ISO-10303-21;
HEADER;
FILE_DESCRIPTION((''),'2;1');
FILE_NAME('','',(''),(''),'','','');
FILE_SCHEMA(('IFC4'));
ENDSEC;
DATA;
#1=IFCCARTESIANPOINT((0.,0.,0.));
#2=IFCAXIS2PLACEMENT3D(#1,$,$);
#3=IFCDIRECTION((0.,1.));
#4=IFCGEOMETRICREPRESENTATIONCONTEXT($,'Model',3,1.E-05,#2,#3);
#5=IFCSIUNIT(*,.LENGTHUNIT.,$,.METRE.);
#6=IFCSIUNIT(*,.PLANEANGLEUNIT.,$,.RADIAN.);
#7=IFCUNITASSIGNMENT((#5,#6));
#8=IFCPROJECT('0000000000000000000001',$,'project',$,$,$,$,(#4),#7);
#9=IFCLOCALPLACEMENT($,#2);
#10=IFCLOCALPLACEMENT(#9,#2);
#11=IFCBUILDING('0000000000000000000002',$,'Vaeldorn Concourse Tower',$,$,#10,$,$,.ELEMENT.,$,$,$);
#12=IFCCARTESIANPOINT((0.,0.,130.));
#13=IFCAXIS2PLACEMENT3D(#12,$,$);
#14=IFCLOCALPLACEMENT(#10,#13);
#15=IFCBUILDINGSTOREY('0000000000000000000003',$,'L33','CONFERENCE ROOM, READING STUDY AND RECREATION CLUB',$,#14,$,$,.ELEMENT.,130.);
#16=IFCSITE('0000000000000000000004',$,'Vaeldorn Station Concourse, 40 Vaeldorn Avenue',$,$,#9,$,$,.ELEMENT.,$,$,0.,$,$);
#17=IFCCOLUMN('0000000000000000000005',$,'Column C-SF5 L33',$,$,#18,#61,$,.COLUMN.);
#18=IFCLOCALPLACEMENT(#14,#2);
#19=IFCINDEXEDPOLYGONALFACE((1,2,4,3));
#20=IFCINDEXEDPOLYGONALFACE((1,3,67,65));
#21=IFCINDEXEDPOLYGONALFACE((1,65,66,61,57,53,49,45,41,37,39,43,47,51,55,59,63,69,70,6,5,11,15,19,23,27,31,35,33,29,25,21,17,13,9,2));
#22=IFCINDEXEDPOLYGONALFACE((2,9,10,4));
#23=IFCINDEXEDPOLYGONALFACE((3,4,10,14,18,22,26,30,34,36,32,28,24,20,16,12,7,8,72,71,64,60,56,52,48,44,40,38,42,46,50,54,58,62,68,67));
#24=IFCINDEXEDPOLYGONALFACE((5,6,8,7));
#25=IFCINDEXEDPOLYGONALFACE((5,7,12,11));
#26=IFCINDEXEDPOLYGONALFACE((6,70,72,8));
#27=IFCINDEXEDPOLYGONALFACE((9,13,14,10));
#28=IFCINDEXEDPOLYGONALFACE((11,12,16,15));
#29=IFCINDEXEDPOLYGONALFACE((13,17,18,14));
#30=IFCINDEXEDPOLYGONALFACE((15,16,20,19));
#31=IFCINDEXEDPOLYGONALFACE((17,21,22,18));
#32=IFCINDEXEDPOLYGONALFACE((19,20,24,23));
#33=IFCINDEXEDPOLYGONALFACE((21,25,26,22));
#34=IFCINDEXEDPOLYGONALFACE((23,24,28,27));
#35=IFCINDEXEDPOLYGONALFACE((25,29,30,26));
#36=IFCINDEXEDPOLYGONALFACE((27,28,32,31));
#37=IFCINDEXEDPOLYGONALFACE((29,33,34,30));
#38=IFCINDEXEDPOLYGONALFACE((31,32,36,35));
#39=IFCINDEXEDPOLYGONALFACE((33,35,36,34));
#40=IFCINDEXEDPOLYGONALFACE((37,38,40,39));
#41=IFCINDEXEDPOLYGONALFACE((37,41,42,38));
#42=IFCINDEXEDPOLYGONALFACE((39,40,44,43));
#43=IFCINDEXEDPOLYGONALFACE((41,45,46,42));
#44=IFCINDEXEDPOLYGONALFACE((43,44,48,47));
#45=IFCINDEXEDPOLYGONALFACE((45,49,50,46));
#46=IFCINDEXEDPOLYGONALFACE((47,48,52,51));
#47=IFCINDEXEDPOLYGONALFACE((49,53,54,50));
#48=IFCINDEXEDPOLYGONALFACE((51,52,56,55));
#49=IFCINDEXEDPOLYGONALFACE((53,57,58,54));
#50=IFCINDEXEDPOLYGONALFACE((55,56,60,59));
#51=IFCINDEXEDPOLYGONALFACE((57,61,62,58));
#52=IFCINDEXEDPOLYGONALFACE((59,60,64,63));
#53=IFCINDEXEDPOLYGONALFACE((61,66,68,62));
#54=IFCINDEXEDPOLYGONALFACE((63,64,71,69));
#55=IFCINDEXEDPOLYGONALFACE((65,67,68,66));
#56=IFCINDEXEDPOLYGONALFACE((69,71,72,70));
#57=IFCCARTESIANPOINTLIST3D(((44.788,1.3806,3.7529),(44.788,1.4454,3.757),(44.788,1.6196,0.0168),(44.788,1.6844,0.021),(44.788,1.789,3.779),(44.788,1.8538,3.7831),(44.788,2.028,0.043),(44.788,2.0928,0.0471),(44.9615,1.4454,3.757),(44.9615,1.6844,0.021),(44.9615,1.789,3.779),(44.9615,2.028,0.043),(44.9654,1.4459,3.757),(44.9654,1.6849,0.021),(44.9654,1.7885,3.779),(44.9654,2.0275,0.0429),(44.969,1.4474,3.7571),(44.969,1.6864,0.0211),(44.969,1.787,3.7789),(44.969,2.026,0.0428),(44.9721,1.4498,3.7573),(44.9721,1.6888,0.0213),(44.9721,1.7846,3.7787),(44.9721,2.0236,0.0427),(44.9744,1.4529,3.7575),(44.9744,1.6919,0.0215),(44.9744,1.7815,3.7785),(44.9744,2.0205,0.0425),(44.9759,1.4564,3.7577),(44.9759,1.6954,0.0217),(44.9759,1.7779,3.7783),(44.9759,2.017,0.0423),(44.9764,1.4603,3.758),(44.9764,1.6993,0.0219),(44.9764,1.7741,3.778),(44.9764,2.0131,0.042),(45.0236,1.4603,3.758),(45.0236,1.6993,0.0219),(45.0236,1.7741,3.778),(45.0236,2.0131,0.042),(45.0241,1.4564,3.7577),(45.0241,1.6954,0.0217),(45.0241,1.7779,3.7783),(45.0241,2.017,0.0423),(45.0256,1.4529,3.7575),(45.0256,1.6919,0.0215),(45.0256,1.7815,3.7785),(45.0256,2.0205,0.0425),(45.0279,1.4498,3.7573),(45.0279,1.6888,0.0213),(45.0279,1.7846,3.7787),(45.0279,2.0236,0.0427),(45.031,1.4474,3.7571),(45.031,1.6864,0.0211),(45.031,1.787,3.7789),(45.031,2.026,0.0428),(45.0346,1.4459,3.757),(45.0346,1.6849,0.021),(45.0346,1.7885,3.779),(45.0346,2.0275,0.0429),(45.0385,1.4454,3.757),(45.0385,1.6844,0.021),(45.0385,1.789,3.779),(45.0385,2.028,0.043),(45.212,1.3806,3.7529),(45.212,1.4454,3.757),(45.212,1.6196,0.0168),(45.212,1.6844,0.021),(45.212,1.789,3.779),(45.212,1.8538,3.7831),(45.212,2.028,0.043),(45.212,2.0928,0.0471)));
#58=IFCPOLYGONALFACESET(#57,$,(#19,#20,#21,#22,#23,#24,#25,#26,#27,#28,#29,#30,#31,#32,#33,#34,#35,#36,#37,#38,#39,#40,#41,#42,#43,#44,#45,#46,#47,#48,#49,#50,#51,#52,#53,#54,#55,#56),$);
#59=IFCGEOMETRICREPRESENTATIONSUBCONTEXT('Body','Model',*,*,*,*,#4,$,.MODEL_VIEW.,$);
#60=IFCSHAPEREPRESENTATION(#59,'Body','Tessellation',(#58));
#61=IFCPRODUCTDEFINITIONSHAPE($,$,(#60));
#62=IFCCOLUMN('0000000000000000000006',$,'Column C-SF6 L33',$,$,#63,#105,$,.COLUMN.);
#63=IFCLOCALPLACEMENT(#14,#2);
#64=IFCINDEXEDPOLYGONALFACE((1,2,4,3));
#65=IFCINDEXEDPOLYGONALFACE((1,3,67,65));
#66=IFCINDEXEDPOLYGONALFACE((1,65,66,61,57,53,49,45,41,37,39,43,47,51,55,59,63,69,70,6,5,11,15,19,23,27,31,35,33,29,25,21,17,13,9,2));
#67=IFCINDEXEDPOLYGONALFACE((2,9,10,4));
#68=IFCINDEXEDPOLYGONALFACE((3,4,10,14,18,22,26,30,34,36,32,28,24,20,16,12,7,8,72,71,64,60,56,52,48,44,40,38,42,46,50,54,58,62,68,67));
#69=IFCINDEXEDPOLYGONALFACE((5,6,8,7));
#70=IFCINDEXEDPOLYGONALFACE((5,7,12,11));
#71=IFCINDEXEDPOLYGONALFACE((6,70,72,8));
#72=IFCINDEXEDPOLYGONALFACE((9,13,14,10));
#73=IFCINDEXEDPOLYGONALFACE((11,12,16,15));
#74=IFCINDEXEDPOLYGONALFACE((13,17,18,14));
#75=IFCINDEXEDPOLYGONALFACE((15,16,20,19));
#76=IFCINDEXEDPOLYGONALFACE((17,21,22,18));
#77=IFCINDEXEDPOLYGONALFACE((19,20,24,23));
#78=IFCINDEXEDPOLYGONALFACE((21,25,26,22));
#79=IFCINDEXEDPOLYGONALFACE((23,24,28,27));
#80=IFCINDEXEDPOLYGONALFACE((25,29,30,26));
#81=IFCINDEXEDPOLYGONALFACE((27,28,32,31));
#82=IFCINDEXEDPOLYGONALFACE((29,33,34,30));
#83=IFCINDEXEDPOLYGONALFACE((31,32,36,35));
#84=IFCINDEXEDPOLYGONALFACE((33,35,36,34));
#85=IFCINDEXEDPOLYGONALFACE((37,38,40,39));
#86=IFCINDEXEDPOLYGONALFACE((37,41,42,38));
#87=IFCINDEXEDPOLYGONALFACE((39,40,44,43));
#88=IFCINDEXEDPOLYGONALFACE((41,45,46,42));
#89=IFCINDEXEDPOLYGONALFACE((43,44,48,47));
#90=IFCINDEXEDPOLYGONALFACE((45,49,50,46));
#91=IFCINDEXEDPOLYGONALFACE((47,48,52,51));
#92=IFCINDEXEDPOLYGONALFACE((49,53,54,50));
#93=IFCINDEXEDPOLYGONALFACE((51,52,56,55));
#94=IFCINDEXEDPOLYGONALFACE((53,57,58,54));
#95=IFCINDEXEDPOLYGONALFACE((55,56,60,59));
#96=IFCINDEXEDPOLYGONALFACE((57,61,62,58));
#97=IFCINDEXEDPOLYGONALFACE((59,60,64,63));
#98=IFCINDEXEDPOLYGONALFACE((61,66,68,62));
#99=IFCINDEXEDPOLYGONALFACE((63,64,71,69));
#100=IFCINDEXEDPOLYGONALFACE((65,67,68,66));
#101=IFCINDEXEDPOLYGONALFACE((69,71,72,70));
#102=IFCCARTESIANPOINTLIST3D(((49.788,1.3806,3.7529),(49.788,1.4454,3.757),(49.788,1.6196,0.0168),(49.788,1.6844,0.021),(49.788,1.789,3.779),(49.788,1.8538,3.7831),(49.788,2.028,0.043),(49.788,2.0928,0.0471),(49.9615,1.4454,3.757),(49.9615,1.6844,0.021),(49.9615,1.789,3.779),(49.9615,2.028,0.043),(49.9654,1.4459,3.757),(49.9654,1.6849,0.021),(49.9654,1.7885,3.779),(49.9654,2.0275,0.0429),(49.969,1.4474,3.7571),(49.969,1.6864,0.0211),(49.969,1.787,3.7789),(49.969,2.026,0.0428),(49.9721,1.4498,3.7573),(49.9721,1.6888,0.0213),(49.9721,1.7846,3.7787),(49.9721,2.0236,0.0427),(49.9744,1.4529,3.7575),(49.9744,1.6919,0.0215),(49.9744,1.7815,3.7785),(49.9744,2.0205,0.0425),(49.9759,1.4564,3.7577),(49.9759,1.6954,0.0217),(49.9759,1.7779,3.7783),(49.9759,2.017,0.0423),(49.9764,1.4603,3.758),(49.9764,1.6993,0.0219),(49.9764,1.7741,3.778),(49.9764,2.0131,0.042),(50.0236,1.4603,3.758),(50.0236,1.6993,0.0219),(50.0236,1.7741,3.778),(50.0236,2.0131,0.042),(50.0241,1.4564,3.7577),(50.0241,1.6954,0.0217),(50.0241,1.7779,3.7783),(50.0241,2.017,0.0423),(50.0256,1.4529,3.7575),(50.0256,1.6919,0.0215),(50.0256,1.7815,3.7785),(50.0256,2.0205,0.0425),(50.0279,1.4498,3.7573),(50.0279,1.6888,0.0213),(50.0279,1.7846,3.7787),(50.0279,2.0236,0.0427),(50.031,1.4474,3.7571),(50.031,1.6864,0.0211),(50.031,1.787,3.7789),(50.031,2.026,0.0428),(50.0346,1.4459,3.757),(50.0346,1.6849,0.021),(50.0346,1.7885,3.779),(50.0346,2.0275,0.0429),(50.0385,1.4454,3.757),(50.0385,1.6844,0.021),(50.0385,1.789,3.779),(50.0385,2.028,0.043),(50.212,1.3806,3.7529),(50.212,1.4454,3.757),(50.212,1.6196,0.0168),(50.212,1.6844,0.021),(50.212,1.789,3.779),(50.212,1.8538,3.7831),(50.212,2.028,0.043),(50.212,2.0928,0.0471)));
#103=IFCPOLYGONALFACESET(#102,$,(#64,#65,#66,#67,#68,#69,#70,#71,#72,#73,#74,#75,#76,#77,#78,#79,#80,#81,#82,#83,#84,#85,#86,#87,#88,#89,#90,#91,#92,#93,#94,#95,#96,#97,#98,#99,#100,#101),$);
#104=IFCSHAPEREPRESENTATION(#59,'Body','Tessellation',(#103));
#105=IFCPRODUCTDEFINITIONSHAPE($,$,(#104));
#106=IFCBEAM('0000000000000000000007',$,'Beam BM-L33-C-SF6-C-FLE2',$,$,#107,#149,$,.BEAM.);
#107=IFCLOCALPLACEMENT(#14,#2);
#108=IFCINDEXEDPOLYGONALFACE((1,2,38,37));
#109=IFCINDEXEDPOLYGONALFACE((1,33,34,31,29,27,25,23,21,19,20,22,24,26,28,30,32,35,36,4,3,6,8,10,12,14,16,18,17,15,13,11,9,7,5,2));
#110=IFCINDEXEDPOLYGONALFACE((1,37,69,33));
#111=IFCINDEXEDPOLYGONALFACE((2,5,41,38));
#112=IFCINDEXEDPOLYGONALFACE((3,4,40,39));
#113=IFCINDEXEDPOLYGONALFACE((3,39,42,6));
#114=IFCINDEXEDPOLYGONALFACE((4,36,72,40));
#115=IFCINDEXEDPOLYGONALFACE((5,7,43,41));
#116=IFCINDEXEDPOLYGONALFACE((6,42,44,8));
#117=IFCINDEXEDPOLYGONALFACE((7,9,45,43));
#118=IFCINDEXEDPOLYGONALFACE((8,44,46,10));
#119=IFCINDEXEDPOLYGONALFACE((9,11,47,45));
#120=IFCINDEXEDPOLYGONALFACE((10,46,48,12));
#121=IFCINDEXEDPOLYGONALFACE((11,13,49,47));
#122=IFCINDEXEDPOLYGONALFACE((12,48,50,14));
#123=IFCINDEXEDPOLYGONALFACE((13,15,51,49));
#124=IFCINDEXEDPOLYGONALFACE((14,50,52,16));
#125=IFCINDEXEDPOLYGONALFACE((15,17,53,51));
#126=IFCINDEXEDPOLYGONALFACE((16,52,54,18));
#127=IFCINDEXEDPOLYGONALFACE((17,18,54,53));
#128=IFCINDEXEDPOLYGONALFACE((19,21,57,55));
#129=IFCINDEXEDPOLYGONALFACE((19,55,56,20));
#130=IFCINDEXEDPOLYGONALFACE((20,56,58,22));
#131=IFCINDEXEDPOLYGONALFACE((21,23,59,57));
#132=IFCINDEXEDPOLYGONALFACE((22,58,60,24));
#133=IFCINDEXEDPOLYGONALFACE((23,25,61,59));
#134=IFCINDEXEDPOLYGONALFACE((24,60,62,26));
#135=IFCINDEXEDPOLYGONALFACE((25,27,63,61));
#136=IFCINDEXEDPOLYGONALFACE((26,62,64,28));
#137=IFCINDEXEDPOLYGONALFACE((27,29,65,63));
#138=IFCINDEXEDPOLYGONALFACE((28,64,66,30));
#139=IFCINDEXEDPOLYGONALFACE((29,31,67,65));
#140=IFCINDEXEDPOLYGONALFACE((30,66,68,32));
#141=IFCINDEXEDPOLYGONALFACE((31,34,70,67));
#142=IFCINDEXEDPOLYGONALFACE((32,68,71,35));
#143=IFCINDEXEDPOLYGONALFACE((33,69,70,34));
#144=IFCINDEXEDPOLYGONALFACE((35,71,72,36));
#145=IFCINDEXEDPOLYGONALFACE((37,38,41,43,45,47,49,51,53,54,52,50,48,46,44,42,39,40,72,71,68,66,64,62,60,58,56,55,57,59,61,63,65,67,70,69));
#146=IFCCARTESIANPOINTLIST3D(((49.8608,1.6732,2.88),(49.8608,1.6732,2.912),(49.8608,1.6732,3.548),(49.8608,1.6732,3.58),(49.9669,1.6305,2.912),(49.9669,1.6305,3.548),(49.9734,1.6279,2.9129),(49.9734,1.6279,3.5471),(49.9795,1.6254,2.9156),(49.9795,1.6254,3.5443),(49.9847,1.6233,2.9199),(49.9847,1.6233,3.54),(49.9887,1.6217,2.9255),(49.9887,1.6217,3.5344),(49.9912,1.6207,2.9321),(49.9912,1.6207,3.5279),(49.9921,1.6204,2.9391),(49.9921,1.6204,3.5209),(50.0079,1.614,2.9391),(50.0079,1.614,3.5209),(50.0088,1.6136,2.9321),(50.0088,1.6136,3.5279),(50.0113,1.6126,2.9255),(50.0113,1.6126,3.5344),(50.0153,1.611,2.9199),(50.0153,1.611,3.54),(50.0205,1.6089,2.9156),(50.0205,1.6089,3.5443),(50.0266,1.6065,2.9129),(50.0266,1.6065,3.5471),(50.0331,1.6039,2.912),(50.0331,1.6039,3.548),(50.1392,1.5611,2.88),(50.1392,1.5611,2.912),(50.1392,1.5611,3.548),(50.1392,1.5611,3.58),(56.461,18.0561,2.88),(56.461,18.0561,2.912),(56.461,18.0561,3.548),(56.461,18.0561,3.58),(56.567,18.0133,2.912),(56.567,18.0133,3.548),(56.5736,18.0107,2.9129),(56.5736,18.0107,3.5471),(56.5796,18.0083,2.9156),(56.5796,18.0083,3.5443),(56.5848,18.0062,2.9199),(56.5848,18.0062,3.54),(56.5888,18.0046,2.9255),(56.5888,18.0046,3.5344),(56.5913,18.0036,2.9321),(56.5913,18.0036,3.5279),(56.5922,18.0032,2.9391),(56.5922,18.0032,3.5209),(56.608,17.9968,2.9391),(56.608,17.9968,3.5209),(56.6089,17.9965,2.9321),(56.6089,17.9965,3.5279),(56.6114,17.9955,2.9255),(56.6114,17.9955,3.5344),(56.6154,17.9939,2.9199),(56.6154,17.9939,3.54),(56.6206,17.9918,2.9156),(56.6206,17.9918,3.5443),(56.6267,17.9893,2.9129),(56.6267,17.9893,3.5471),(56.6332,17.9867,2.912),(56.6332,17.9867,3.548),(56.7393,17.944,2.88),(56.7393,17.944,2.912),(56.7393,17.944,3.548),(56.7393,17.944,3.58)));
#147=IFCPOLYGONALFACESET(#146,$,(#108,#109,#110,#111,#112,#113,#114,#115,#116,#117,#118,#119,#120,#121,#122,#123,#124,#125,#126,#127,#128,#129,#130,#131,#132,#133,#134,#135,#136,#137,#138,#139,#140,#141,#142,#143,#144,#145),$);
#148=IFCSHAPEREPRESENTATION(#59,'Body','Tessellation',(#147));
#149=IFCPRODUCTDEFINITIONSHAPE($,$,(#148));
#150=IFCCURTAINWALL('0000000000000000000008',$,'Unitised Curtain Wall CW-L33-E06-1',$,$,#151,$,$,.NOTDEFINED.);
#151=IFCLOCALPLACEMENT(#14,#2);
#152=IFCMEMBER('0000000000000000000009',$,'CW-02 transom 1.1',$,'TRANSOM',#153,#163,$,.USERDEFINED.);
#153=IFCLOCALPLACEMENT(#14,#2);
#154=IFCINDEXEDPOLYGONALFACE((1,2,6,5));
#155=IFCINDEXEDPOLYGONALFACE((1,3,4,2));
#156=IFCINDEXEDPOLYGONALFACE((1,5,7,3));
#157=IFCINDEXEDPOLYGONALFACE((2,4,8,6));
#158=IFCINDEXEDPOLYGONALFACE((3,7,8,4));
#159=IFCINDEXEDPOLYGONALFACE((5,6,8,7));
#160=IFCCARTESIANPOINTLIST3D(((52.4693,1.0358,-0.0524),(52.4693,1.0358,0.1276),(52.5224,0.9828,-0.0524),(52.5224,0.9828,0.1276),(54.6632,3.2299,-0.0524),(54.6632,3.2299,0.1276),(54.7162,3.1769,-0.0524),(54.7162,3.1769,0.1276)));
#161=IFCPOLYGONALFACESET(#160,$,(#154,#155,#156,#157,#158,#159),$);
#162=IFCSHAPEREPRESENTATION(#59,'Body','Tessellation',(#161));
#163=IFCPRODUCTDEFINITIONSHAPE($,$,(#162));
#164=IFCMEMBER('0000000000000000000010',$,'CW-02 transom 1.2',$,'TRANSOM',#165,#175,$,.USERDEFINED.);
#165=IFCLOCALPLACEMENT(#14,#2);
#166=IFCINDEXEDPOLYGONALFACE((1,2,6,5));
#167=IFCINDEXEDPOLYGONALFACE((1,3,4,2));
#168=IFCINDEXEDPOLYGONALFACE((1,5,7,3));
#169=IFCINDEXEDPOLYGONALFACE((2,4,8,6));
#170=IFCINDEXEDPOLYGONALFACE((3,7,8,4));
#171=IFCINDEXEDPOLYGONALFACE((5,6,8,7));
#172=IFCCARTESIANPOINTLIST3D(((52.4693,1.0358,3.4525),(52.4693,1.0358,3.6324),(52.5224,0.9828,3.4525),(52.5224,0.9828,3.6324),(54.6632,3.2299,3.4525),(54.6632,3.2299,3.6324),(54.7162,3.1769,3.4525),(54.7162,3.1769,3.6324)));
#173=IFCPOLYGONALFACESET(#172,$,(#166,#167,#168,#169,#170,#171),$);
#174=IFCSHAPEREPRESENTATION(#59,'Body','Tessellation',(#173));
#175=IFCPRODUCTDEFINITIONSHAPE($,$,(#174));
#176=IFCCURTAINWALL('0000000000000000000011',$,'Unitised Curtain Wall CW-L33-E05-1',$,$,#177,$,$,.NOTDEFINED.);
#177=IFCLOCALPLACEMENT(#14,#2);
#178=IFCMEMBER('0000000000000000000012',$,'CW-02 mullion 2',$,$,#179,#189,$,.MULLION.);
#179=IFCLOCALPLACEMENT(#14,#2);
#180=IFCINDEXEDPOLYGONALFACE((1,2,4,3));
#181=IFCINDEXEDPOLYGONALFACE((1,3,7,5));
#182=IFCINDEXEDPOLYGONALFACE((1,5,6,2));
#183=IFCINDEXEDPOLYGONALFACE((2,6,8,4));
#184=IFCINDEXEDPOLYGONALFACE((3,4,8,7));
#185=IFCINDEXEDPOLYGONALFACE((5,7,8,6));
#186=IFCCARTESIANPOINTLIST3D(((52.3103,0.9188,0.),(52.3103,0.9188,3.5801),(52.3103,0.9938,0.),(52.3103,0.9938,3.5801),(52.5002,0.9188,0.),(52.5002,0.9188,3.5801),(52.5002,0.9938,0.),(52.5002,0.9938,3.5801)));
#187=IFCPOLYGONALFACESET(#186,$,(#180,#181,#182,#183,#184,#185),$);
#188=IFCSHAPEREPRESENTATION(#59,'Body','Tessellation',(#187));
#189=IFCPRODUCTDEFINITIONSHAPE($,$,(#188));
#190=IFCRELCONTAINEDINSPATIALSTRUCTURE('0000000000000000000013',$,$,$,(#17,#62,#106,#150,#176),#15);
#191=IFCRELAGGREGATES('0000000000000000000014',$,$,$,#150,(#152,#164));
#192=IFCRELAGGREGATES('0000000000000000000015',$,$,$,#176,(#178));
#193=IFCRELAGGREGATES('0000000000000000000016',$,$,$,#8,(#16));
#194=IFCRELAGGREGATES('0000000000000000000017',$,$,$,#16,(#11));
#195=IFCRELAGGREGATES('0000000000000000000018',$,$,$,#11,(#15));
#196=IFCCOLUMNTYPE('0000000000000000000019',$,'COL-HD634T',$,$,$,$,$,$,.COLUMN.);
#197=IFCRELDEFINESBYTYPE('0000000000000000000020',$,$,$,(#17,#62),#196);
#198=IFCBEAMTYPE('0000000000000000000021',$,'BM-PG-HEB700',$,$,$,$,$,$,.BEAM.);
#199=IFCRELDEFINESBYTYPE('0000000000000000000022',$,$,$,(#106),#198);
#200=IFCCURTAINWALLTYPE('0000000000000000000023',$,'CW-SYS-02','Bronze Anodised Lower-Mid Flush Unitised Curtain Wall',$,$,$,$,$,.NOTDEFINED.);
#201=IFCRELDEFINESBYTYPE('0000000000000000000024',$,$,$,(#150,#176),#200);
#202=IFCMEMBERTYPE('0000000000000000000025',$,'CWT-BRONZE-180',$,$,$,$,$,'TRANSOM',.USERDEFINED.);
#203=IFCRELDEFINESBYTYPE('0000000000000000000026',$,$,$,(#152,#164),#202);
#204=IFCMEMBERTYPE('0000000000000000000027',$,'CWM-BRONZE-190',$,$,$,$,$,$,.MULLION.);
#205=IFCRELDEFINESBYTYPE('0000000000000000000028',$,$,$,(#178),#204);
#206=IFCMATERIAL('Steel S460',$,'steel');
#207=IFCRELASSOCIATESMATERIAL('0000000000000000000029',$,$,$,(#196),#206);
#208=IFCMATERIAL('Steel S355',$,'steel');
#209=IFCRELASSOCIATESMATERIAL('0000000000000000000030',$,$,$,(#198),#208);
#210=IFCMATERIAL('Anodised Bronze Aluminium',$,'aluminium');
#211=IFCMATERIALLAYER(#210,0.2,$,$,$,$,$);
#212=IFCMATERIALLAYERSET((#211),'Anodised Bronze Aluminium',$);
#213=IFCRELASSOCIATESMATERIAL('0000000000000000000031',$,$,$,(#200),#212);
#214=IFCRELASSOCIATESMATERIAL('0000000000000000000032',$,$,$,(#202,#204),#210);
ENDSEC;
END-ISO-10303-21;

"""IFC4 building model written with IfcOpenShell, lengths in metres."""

from ifc_helpers import new_model, si_unit, direction, frame, origin, origin_2d, place, context, subcontext, project, spatial, rectangle, i_section, extrude, source, transform, mapped, material, layer, layer_set, material_profile, profile_set, type_object, element, aggregate, save


model = new_model("IFC4")

# Units and contexts
model_context = context("Model", 3, precision=1e-05, world=origin(), true_north=direction((0.0, 1.0)))
body_context = subcontext(model_context, "Body", "Model", "MODEL_VIEW")
ifc_project = project(units=[si_unit("LENGTHUNIT", "METRE"), si_unit("PLANEANGLEUNIT", "RADIAN")], contexts=[model_context])

# Site, building, storey
site_placement = place(None, origin())
site = spatial("IfcSite", under=ifc_project, at=site_placement, Name="Vaeldorn Station Concourse, 40 Vaeldorn Avenue", CompositionType="ELEMENT", RefElevation=0.0)
building_placement = place(site_placement, origin())
building = spatial("IfcBuilding", under=site, at=building_placement, Name="Vaeldorn Concourse Tower", CompositionType="ELEMENT")
storey_placement = place(building_placement, frame((0.0, 0.0, 130.0)))
storey = spatial("IfcBuildingStorey", under=building, at=storey_placement, Name="L33", Description="CONFERENCE ROOM, READING STUDY AND RECREATION CLUB", CompositionType="ELEMENT", Elevation=130.0)

# Columns
ifc_material_1 = material(Name="Steel S460", Category="steel")
ifc_material_profile_1 = material_profile(ifc_material_1, i_section(OverallWidth=0.4241, OverallDepth=0.4741, WebThickness=0.0471, FlangeThickness=0.0649, FilletRadius=0.0149, at=origin_2d()), Name="HD 400x634")
ifc_profile_set_1 = profile_set([ifc_material_profile_1], Name="Steel S460")
column_type = type_object("IfcColumnType", Name="COL-HD634T", PredefinedType="COLUMN", material=ifc_profile_set_1)
shared_shape_1 = source(origin(), body_context, "Body", "SweptSolid", [
    extrude(i_section(OverallWidth=0.4241, OverallDepth=0.4741, WebThickness=0.0471, FlangeThickness=0.0649, FilletRadius=0.0149, at=origin_2d()), origin(), (0.0, 0.0, 1.0), 3.7437),
])
for number, where, z_axis, x_axis, name in (
    (1, (45.0, 1.8562, 0.032), (0.0, -0.063844, 0.99796), (1.0, 0.0, 0.0), "Column C-SF5 L33"),
    (2, (50.0, 1.8562, 0.032), (0.0, -0.063844, 0.99796), (1.0, 0.0, 0.0), "Column C-SF6 L33"),
):
    element("IfcColumn", number, at=place(storey_placement, frame(where, z_axis=z_axis, x_axis=x_axis)), inside=storey, type_object=column_type, Name=name, PredefinedType="COLUMN", context=body_context, shape_type="MappedRepresentation", body=[
        mapped(shared_shape_1, transform((0.0, 0.0, 0.0), scale=1.0)),
    ])

# Beam
ifc_material_2 = material(Name="Steel S355", Category="steel")
ifc_material_profile_2 = material_profile(ifc_material_2, i_section(OverallWidth=0.3, OverallDepth=0.7, WebThickness=0.0171, FlangeThickness=0.032, FilletRadius=0.0271, at=origin_2d()), Name="HEB 700")
ifc_profile_set_2 = profile_set([ifc_material_profile_2], Name="Steel S355")
beam_type = type_object("IfcBeamType", Name="BM-PG-HEB700", PredefinedType="BEAM", material=ifc_profile_set_2)
shared_shape_2 = source(origin(), body_context, "Body", "SweptSolid", [
    extrude(i_section(OverallWidth=0.3, OverallDepth=0.7, WebThickness=0.0171, FlangeThickness=0.032, FilletRadius=0.0271, at=origin_2d()), origin(), (0.0, 0.0, 1.0), 17.6624),
])
beam_placement = place(storey_placement, frame((50.0, 1.6172, 3.23), z_axis=(0.373682, 0.927557, 0.0), x_axis=(-0.927557, 0.373682, 0.0)))
element("IfcBeam", 3, at=beam_placement, inside=storey, type_object=beam_type, Name="Beam BM-L33-C-SF6-C-FLE2", PredefinedType="BEAM", context=body_context, shape_type="MappedRepresentation", body=[
    mapped(shared_shape_2, transform((0.0, 0.0, 0.0), scale=1.0)),
])

# Curtain wall, members
ifc_material_3 = material(Name="Anodised Bronze Aluminium", Category="aluminium")
ifc_layer_1 = layer(ifc_material_3, 0.2)
ifc_layer_set_1 = layer_set([ifc_layer_1], Name="Anodised Bronze Aluminium")
curtain_wall_type = type_object("IfcCurtainWallType", Name="CW-SYS-02", Description="Bronze Anodised Lower-Mid Flush Unitised Curtain Wall", PredefinedType="NOTDEFINED", material=ifc_layer_set_1)
curtain_wall_1_placement = place(storey_placement, origin())
curtain_wall_1 = element("IfcCurtainWall", 4, at=curtain_wall_1_placement, inside=storey, type_object=curtain_wall_type, Name="Unitised Curtain Wall CW-L33-E06-1", PredefinedType="NOTDEFINED")
ifc_material_profile_3 = material_profile(ifc_material_3, rectangle(XDim=0.075, YDim=0.1799, at=origin_2d()), Name="CWT 75x180")
ifc_profile_set_3 = profile_set([ifc_material_profile_3], Name="Anodised Bronze Aluminium")
member_type_1 = type_object("IfcMemberType", Name="CWT-BRONZE-180", ElementType="TRANSOM", PredefinedType="USERDEFINED", material=ifc_profile_set_3)
shared_shape_3 = source(origin(), body_context, "Body", "SweptSolid", [
    extrude(rectangle(XDim=0.075, YDim=0.1799, at=origin_2d()), origin(), (0.0, 0.0, 1.0), 3.1028),
])
member_1_placement = place(storey_placement, frame((52.4958, 1.0093, 0.0376), z_axis=(0.707067, 0.707146, 0.0), x_axis=(-0.707146, 0.707067, 0.0)))
member_1 = element("IfcMember", 5, at=member_1_placement, type_object=member_type_1, Name="CW-02 transom 1.1", ObjectType="TRANSOM", PredefinedType="USERDEFINED", context=body_context, shape_type="MappedRepresentation", body=[
    mapped(shared_shape_3, transform((0.0, 0.0, 0.0), scale=1.0)),
])
member_2_placement = place(storey_placement, frame((52.4958, 1.0093, 3.5425), z_axis=(0.707067, 0.707146, 0.0), x_axis=(-0.707146, 0.707067, 0.0)))
member_2 = element("IfcMember", 6, at=member_2_placement, type_object=member_type_1, Name="CW-02 transom 1.2", ObjectType="TRANSOM", PredefinedType="USERDEFINED", context=body_context, shape_type="MappedRepresentation", body=[
    mapped(shared_shape_3, transform((0.0, 0.0, 0.0), scale=1.0)),
])

# Curtain wall, member
curtain_wall_2_placement = place(storey_placement, origin())
curtain_wall_2 = element("IfcCurtainWall", 7, at=curtain_wall_2_placement, inside=storey, type_object=curtain_wall_type, Name="Unitised Curtain Wall CW-L33-E05-1", PredefinedType="NOTDEFINED")
ifc_material_profile_4 = material_profile(ifc_material_3, rectangle(XDim=0.075, YDim=0.1899, at=origin_2d()), Name="CWM 75x190")
ifc_profile_set_4 = profile_set([ifc_material_profile_4], Name="Anodised Bronze Aluminium")
member_type_2 = type_object("IfcMemberType", Name="CWM-BRONZE-190", PredefinedType="MULLION", material=ifc_profile_set_4)
shared_shape_4 = source(origin(), body_context, "Body", "SweptSolid", [
    extrude(rectangle(XDim=0.075, YDim=0.1899, at=origin_2d()), origin(), (0.0, 0.0, 1.0), 3.5801),
])
member_3_placement = place(storey_placement, frame((52.4053, 0.9563, 0.0), z_axis=(0.0, 0.0, 1.0), x_axis=(0.0, 1.0, 0.0)))
member_3 = element("IfcMember", 8, at=member_3_placement, type_object=member_type_2, Name="CW-02 mullion 2", PredefinedType="MULLION", context=body_context, shape_type="MappedRepresentation", body=[
    mapped(shared_shape_4, transform((0.0, 0.0, 0.0), scale=1.0)),
])

aggregate(curtain_wall_1, [member_1, member_2])
aggregate(curtain_wall_2, [member_3])

save(model, "model.ifc")
